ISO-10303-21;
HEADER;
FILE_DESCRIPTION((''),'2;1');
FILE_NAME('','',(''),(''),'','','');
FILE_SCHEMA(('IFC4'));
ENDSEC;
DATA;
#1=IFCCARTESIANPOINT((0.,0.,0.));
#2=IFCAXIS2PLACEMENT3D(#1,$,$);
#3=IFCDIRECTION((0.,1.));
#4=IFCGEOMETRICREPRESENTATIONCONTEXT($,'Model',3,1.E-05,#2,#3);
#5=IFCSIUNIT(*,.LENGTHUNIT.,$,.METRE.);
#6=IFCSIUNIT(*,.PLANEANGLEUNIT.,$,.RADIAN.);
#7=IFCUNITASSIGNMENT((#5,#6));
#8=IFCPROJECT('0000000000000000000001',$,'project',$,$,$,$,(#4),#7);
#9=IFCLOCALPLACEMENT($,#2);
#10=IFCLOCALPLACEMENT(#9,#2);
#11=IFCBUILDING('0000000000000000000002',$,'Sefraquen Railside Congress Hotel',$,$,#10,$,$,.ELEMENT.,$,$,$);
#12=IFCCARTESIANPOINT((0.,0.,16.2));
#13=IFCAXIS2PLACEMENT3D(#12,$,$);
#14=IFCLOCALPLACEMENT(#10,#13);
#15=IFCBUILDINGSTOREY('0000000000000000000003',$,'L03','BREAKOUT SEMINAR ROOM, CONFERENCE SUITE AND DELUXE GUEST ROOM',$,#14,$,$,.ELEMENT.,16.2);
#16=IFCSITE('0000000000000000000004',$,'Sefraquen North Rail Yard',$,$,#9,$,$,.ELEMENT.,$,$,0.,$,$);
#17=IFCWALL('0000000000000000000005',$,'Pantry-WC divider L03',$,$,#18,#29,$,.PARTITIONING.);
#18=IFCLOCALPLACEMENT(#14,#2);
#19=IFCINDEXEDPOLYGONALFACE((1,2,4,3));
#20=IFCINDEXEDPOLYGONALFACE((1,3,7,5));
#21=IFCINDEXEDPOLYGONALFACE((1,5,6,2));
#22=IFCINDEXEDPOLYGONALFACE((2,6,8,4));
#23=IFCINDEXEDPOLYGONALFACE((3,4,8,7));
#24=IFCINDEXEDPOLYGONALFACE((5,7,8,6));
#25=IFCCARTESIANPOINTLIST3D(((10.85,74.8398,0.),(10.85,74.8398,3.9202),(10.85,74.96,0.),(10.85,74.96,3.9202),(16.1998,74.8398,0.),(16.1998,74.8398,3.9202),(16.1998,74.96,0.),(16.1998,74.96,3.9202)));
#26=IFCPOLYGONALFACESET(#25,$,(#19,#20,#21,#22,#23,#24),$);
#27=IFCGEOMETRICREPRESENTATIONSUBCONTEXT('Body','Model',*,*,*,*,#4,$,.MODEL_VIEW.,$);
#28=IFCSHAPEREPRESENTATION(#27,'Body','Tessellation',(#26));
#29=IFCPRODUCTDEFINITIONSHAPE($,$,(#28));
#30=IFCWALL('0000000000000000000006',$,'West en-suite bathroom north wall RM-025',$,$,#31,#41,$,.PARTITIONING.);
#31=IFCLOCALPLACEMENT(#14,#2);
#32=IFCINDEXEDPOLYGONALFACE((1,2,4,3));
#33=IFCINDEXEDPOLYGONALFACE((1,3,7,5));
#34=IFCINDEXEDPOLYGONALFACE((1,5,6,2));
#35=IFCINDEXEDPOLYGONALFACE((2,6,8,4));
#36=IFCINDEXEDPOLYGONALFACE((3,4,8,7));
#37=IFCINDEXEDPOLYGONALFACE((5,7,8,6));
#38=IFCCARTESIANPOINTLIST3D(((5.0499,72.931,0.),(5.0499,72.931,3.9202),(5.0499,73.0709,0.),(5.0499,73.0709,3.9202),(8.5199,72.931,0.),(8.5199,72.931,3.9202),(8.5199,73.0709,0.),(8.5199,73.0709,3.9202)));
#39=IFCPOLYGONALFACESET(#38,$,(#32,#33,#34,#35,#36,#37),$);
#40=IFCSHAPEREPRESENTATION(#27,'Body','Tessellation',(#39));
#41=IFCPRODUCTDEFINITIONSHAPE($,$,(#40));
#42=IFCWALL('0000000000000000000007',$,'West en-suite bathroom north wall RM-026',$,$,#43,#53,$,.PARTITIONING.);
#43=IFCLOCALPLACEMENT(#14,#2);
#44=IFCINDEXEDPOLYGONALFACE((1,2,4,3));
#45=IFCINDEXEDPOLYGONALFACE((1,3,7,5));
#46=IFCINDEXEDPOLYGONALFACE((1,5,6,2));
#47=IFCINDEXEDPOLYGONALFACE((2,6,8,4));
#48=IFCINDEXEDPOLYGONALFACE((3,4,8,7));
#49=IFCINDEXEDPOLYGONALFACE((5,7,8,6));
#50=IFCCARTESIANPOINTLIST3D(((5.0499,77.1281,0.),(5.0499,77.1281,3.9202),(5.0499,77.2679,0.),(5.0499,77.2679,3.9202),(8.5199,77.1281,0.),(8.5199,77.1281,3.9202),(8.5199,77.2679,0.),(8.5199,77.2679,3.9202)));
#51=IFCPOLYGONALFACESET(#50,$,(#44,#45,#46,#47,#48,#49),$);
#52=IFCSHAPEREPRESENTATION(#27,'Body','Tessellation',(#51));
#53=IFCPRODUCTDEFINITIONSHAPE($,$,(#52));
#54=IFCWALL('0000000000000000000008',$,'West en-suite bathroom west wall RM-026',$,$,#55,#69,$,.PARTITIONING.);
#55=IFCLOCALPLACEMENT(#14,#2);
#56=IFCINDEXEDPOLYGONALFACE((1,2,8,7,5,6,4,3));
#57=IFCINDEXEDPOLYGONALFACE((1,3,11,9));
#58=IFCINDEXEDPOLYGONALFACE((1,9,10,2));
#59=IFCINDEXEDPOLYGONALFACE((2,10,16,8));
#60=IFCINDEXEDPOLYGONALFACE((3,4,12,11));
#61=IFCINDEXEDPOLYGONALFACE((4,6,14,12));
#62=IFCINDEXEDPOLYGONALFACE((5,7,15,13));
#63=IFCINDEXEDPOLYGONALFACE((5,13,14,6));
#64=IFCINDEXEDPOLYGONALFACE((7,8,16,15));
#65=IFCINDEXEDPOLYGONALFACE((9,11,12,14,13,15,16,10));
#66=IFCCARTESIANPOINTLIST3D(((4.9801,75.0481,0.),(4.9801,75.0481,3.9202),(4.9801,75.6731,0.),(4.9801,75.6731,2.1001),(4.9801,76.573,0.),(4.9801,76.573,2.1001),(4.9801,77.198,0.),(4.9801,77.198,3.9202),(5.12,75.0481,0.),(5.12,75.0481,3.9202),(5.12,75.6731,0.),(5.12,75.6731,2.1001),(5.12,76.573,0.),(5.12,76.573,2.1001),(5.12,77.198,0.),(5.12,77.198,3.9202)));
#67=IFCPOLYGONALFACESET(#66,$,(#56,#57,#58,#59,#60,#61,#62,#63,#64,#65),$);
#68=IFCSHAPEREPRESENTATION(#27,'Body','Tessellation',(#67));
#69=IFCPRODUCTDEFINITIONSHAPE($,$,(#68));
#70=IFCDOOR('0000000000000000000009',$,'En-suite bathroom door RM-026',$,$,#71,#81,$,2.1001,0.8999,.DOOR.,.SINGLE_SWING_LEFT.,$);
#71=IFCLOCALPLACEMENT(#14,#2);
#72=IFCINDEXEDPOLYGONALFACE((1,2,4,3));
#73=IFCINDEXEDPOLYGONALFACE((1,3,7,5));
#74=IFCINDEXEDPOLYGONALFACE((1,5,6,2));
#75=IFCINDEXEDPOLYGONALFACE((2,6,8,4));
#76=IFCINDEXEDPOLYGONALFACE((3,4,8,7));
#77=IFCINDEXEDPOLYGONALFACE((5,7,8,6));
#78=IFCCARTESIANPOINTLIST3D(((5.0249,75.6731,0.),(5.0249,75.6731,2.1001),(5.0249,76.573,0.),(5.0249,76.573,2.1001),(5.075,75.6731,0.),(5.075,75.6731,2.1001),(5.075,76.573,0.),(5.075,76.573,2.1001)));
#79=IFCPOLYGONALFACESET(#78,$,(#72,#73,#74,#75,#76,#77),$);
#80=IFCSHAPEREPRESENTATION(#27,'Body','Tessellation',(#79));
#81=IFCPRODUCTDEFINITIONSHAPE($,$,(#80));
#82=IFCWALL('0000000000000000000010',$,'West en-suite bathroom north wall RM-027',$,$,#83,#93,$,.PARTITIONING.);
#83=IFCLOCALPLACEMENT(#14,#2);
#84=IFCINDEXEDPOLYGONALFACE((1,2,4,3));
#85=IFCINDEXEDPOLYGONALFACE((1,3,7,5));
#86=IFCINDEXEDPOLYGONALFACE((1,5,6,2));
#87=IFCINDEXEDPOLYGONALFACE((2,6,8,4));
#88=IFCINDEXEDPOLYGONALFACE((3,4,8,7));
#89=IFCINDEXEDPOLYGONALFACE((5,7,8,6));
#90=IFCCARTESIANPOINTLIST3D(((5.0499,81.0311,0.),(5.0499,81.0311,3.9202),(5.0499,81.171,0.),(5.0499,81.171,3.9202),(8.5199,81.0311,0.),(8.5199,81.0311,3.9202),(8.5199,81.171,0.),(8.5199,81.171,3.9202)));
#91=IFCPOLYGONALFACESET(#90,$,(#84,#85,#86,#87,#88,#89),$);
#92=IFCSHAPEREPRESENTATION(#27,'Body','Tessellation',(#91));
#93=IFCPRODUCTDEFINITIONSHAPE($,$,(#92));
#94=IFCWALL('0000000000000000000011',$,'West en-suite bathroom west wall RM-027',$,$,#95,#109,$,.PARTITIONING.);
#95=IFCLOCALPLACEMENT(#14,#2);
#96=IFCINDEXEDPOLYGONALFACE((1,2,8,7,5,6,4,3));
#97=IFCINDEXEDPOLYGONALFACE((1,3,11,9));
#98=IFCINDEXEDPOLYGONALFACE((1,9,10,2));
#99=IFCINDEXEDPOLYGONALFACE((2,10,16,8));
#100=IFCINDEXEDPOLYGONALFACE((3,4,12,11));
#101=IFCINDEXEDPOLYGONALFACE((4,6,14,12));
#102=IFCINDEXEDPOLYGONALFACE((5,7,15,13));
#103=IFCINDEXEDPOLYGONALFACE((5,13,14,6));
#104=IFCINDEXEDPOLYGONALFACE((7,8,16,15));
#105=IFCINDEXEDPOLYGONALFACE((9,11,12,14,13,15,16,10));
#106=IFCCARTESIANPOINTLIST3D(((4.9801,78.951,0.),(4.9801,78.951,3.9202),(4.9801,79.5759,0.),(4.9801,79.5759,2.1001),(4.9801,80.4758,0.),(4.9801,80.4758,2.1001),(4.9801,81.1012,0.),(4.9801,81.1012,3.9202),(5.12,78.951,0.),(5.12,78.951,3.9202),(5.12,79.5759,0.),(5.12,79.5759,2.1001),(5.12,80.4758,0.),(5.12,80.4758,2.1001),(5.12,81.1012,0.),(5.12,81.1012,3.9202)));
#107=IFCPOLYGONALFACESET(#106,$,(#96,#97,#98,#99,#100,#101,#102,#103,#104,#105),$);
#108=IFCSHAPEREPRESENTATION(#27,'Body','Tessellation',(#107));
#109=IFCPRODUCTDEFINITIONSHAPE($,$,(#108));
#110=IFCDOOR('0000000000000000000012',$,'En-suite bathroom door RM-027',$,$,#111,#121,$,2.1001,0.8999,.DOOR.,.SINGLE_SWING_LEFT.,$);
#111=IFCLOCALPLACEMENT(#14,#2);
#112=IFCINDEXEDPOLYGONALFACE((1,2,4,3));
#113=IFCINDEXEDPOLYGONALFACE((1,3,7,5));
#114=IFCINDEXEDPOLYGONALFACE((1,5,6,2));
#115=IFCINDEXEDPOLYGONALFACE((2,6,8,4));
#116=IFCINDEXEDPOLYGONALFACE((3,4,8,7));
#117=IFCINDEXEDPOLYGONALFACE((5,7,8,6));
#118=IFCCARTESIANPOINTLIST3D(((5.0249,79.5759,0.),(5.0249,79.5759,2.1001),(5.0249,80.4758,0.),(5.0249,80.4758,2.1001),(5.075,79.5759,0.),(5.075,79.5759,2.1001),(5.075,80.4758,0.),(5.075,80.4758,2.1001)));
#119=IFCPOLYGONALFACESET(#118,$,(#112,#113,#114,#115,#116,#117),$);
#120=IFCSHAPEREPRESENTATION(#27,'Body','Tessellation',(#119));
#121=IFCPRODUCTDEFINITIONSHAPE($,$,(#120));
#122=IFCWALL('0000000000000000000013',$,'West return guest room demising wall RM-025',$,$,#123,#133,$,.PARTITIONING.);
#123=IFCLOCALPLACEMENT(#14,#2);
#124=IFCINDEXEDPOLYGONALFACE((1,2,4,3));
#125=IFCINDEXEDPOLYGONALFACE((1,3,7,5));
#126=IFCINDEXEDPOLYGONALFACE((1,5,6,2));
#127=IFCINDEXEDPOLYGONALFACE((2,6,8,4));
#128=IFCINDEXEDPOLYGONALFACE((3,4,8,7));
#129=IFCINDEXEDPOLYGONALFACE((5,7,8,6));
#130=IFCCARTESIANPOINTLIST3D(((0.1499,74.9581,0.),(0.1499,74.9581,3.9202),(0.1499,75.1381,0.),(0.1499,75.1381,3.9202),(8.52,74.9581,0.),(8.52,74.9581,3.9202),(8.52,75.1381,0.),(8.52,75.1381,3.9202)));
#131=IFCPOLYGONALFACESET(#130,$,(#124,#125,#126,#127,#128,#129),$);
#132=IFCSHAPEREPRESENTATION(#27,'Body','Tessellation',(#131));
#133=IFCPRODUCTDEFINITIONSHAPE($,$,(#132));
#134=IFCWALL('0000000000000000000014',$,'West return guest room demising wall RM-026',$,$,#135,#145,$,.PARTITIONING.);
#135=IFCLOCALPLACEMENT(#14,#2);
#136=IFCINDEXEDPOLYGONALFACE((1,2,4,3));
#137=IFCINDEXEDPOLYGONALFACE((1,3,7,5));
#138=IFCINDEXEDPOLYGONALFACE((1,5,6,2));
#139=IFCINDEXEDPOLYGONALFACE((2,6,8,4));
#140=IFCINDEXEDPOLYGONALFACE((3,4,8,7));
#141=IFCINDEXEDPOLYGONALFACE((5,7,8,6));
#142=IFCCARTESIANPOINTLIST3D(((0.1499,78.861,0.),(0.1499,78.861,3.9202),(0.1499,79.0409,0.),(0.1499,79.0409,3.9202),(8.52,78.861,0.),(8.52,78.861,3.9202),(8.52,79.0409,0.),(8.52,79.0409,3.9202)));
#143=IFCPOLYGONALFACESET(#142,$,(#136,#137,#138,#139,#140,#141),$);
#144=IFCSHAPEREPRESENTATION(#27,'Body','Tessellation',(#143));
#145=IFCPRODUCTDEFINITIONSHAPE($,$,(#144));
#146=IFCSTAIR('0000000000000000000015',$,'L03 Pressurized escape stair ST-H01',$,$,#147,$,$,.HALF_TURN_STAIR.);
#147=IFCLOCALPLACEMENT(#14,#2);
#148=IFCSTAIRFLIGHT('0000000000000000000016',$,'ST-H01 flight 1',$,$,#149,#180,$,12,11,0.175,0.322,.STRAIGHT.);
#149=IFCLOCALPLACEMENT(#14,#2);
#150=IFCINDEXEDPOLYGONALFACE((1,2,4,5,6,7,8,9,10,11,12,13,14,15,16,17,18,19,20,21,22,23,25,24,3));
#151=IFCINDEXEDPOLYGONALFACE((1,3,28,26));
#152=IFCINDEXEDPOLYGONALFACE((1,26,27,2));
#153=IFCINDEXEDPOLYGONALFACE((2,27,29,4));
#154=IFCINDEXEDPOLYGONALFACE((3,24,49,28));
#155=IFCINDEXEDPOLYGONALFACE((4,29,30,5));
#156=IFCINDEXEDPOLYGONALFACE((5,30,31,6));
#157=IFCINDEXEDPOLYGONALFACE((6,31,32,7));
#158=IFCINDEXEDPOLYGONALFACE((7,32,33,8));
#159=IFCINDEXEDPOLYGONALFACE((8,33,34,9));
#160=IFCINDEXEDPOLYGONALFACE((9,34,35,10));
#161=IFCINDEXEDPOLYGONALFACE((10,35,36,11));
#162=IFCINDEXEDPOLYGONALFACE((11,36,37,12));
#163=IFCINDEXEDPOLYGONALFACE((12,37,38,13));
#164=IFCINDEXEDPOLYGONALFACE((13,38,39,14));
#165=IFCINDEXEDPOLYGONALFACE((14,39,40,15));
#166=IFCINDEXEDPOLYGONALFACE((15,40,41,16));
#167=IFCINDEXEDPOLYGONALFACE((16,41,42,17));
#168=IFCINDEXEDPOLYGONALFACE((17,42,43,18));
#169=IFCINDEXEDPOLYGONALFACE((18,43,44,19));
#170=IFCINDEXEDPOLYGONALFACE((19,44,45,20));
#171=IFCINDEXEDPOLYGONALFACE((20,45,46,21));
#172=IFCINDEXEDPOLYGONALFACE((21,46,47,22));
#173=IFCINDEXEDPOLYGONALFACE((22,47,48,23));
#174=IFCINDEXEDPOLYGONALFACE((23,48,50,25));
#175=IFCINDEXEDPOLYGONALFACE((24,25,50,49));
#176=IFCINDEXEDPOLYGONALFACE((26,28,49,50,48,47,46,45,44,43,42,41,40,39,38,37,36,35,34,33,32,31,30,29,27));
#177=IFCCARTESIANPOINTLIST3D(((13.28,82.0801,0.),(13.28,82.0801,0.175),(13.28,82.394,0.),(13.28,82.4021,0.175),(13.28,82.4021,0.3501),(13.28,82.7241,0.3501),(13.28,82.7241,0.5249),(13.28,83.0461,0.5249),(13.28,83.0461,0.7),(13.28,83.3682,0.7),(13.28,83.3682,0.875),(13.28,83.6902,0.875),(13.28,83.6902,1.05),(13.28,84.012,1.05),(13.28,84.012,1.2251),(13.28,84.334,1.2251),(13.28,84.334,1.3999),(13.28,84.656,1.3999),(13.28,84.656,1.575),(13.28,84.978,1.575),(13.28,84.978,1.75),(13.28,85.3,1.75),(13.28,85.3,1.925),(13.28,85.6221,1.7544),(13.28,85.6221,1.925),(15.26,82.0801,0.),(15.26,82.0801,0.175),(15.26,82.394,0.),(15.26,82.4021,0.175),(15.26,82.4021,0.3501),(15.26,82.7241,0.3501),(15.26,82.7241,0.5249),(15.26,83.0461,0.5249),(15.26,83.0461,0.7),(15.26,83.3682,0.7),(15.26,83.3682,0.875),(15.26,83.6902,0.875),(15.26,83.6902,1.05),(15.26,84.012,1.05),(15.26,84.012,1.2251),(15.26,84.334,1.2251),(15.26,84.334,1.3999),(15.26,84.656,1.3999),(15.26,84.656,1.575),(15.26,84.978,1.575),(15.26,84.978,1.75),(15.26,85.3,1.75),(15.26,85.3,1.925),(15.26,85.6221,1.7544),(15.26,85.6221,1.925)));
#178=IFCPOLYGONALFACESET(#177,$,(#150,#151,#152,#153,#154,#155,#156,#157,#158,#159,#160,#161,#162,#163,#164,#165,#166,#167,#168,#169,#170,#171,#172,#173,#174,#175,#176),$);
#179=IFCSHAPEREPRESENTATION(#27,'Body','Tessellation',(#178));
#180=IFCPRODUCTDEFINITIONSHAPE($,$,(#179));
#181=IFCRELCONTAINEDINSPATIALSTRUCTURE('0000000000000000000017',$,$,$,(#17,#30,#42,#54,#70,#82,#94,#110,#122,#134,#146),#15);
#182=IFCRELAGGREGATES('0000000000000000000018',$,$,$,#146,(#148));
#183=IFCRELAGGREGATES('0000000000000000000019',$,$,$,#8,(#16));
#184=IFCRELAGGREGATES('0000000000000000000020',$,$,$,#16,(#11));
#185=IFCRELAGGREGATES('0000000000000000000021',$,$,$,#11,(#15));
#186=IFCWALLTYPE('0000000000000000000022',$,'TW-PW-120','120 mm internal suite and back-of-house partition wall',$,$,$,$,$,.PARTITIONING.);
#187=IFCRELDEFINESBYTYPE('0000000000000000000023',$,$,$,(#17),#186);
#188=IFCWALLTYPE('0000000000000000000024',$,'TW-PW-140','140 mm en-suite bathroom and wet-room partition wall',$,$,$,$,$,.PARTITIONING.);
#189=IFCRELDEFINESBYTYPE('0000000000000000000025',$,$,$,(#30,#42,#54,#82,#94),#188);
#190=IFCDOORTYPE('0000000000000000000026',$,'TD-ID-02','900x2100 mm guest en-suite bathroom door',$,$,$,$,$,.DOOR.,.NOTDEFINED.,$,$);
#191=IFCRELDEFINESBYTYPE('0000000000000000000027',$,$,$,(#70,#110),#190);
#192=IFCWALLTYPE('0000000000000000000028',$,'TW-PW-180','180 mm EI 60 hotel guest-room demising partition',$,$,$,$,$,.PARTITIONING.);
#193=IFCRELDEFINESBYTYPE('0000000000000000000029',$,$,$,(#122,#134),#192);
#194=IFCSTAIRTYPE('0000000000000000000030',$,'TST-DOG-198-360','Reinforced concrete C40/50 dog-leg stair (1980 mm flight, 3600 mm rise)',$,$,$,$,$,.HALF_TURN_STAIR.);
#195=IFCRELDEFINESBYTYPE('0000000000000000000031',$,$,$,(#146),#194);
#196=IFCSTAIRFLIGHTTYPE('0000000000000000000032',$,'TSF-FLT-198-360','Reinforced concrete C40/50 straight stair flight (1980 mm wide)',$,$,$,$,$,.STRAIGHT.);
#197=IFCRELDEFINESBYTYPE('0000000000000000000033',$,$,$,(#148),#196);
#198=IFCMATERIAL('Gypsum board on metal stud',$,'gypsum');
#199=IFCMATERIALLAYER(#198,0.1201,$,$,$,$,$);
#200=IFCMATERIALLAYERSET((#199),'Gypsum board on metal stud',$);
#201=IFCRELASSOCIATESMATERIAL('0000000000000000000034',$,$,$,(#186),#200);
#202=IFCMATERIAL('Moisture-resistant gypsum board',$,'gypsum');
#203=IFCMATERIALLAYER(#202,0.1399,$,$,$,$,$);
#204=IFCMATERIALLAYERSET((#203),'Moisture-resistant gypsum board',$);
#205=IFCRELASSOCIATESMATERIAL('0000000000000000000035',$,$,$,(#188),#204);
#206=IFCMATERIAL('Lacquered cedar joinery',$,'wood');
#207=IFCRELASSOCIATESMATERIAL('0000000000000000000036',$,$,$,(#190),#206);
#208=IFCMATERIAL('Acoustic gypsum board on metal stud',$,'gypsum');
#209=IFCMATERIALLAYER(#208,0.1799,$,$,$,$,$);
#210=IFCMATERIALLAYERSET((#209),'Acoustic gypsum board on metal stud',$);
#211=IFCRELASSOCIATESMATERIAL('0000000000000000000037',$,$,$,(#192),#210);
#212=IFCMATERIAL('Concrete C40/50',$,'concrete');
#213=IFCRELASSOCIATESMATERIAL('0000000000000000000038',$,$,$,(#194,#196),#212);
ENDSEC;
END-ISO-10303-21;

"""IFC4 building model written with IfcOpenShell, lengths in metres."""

from ifc_helpers import new_model, si_unit, direction, frame, frame_2d, origin, place, context, subcontext, project, spatial, polyline, rectangle, outline, extrude, material, layer, layer_set, type_object, element, fill, aggregate, save


model = new_model("IFC4")

# Units and contexts
model_context = context("Model", 3, precision=1e-05, world=origin(), true_north=direction((0.0, 1.0)))
body_context = subcontext(model_context, "Body", "Model", "MODEL_VIEW")
ifc_project = project(units=[si_unit("LENGTHUNIT", "METRE"), si_unit("PLANEANGLEUNIT", "RADIAN")], contexts=[model_context])

# Site, building, storey
site_placement = place(None, origin())
site = spatial("IfcSite", under=ifc_project, at=site_placement, Name="Sefraquen North Rail Yard", CompositionType="ELEMENT", RefElevation=0.0)
building_placement = place(site_placement, origin())
building = spatial("IfcBuilding", under=site, at=building_placement, Name="Sefraquen Railside Congress Hotel", CompositionType="ELEMENT")
storey_placement = place(building_placement, frame((0.0, 0.0, 16.2)))
storey = spatial("IfcBuildingStorey", under=building, at=storey_placement, Name="L03", Description="BREAKOUT SEMINAR ROOM, CONFERENCE SUITE AND DELUXE GUEST ROOM", CompositionType="ELEMENT", Elevation=16.2)

# Walls
ifc_material_1 = material(Name="Concrete C40/50", Category="concrete")
ifc_material_2 = material(Name="Gypsum board on metal stud", Category="gypsum")
ifc_layer_1 = layer(ifc_material_2, 0.1201)
ifc_layer_set_1 = layer_set([ifc_layer_1], Name="Gypsum board on metal stud")
wall_type_1 = type_object("IfcWallType", Name="TW-PW-120", Description="120 mm internal suite and back-of-house partition wall", PredefinedType="PARTITIONING", material=ifc_layer_set_1)
wall_1_placement = place(storey_placement, frame((10.8501, 74.8999, 0.0), z_axis=(0.0, 0.0, 1.0), x_axis=(1.0, 0.0, 0.0)))
element("IfcWall", 1, at=wall_1_placement, inside=storey, type_object=wall_type_1, Name="Pantry-WC divider L03", PredefinedType="PARTITIONING", context=body_context, shape_type="SweptSolid", body=[
    extrude(rectangle(XDim=5.3499, YDim=0.1201, at=frame_2d((2.6748, 0.0))), origin(), (0.0, 0.0, 1.0), 3.9202),
])
ifc_material_3 = material(Name="Moisture-resistant gypsum board", Category="gypsum")
ifc_layer_2 = layer(ifc_material_3, 0.1399)
ifc_layer_set_2 = layer_set([ifc_layer_2], Name="Moisture-resistant gypsum board")
wall_type_2 = type_object("IfcWallType", Name="TW-PW-140", Description="140 mm en-suite bathroom and wet-room partition wall", PredefinedType="PARTITIONING", material=ifc_layer_set_2)
for number, where, z_axis, x_axis, name in (
    (2, (5.05, 73.001, 0.0), (0.0, 0.0, 1.0), (1.0, 0.0, 0.0), "West en-suite bathroom north wall RM-025"),
    (3, (5.05, 77.198, 0.0), (0.0, 0.0, 1.0), (1.0, 0.0, 0.0), "West en-suite bathroom north wall RM-026"),
):
    element("IfcWall", number, at=place(storey_placement, frame(where, z_axis=z_axis, x_axis=x_axis)), inside=storey, type_object=wall_type_2, Name=name, PredefinedType="PARTITIONING", context=body_context, shape_type="SweptSolid", body=[
        extrude(rectangle(XDim=3.47, YDim=0.1399, at=frame_2d((1.7349, 0.0))), origin(), (0.0, 0.0, 1.0), 3.9202),
    ])

# Wall, opening, door
wall_2_placement = place(storey_placement, frame((5.05, 75.0481, 0.0), z_axis=(0.0, 0.0, 1.0), x_axis=(0.0, 1.0, 0.0)))
wall_2 = element("IfcWall", 4, at=wall_2_placement, inside=storey, type_object=wall_type_2, Name="West en-suite bathroom west wall RM-026", PredefinedType="PARTITIONING", context=body_context, shape_type="SweptSolid", body=[
    extrude(rectangle(XDim=2.1499, YDim=0.1399, at=frame_2d((1.075, 0.0))), origin(), (0.0, 0.0, 1.0), 3.9202),
])
opening_1_placement = place(wall_2_placement, frame((0.625, 0.0, 0.0)))
opening_1 = element("IfcOpeningElement", 5, at=opening_1_placement, cuts=wall_2, PredefinedType="OPENING", context=body_context, shape_type="SweptSolid", body=[
    extrude(rectangle(XDim=0.8999, YDim=2.1001, at=frame_2d((0.45, 1.05))), frame((0.0, 0.0798, 0.0), z_axis=(0.0, -1.0, 0.0), x_axis=(1.0, 0.0, 0.0)), (0.0, 0.0, 1.0), 0.1599),
])
ifc_material_4 = material(Name="Lacquered cedar joinery", Category="wood")
door_type_1 = type_object("IfcDoorType", Name="TD-ID-02", Description="900x2100 mm guest en-suite bathroom door", OperationType="NOTDEFINED", PredefinedType="DOOR", material=ifc_material_4)
door_1_placement = place(opening_1_placement, frame((0.8999, 0.0, 0.0), z_axis=(0.0, 0.0, 1.0), x_axis=(-1.0, 0.0, 0.0)))
door_1 = element("IfcDoor", 6, at=door_1_placement, inside=storey, type_object=door_type_1, Name="En-suite bathroom door RM-026", OperationType="SINGLE_SWING_LEFT", OverallHeight=2.1001, OverallWidth=0.8999, PredefinedType="DOOR", context=body_context, shape_type="SweptSolid", body=[
    extrude(rectangle(XDim=0.8999, YDim=2.1001, at=frame_2d((0.45, 1.05))), frame((0.0, 0.0249, 0.0), z_axis=(0.0, -1.0, 0.0), x_axis=(1.0, 0.0, 0.0)), (0.0, 0.0, 1.0), 0.05),
])
fill(opening_1, door_1)

# Wall
wall_3_placement = place(storey_placement, frame((5.05, 81.1011, 0.0), z_axis=(0.0, 0.0, 1.0), x_axis=(1.0, 0.0, 0.0)))
element("IfcWall", 7, at=wall_3_placement, inside=storey, type_object=wall_type_2, Name="West en-suite bathroom north wall RM-027", PredefinedType="PARTITIONING", context=body_context, shape_type="SweptSolid", body=[
    extrude(rectangle(XDim=3.47, YDim=0.1399, at=frame_2d((1.7349, 0.0))), origin(), (0.0, 0.0, 1.0), 3.9202),
])

# Wall, opening, door
wall_4_placement = place(storey_placement, frame((5.05, 78.9509, 0.0), z_axis=(0.0, 0.0, 1.0), x_axis=(0.0, 1.0, 0.0)))
wall_4 = element("IfcWall", 8, at=wall_4_placement, inside=storey, type_object=wall_type_2, Name="West en-suite bathroom west wall RM-027", PredefinedType="PARTITIONING", context=body_context, shape_type="SweptSolid", body=[
    extrude(rectangle(XDim=2.1501, YDim=0.1399, at=frame_2d((1.0752, 0.0))), origin(), (0.0, 0.0, 1.0), 3.9202),
])
opening_2_placement = place(wall_4_placement, frame((0.625, 0.0, 0.0)))
opening_2 = element("IfcOpeningElement", 9, at=opening_2_placement, cuts=wall_4, PredefinedType="OPENING", context=body_context, shape_type="SweptSolid", body=[
    extrude(rectangle(XDim=0.8999, YDim=2.1001, at=frame_2d((0.45, 1.05))), frame((0.0, 0.0798, 0.0), z_axis=(0.0, -1.0, 0.0), x_axis=(1.0, 0.0, 0.0)), (0.0, 0.0, 1.0), 0.1599),
])
door_2_placement = place(opening_2_placement, frame((0.8999, 0.0, 0.0), z_axis=(0.0, 0.0, 1.0), x_axis=(-1.0, 0.0, 0.0)))
door_2 = element("IfcDoor", 10, at=door_2_placement, inside=storey, type_object=door_type_1, Name="En-suite bathroom door RM-027", OperationType="SINGLE_SWING_LEFT", OverallHeight=2.1001, OverallWidth=0.8999, PredefinedType="DOOR", context=body_context, shape_type="SweptSolid", body=[
    extrude(rectangle(XDim=0.8999, YDim=2.1001, at=frame_2d((0.45, 1.05))), frame((0.0, 0.0249, 0.0), z_axis=(0.0, -1.0, 0.0), x_axis=(1.0, 0.0, 0.0)), (0.0, 0.0, 1.0), 0.05),
])
fill(opening_2, door_2)

# Walls
ifc_material_5 = material(Name="Acoustic gypsum board on metal stud", Category="gypsum")
ifc_layer_3 = layer(ifc_material_5, 0.1799)
ifc_layer_set_3 = layer_set([ifc_layer_3], Name="Acoustic gypsum board on metal stud")
wall_type_3 = type_object("IfcWallType", Name="TW-PW-180", Description="180 mm EI 60 hotel guest-room demising partition", PredefinedType="PARTITIONING", material=ifc_layer_set_3)
for number, where, z_axis, x_axis, name in (
    (11, (0.1499, 75.0481, 0.0), (0.0, 0.0, 1.0), (1.0, 0.0, 0.0), "West return guest room demising wall RM-025"),
    (12, (0.1499, 78.9509, 0.0), (0.0, 0.0, 1.0), (1.0, 0.0, 0.0), "West return guest room demising wall RM-026"),
):
    element("IfcWall", number, at=place(storey_placement, frame(where, z_axis=z_axis, x_axis=x_axis)), inside=storey, type_object=wall_type_3, Name=name, PredefinedType="PARTITIONING", context=body_context, shape_type="SweptSolid", body=[
        extrude(rectangle(XDim=8.3701, YDim=0.1799, at=frame_2d((4.1851, 0.0))), origin(), (0.0, 0.0, 1.0), 3.9202),
    ])

# Stair, stair flight
stair_type = type_object("IfcStairType", Name="TST-DOG-198-360", Description="Reinforced concrete C40/50 dog-leg stair (1980 mm flight, 3600 mm rise)", PredefinedType="HALF_TURN_STAIR", material=ifc_material_1)
stair_placement = place(storey_placement, origin())
stair = element("IfcStair", 13, at=stair_placement, inside=storey, type_object=stair_type, Name="L03 Pressurized escape stair ST-H01", PredefinedType="HALF_TURN_STAIR")
stair_flight_type = type_object("IfcStairFlightType", Name="TSF-FLT-198-360", Description="Reinforced concrete C40/50 straight stair flight (1980 mm wide)", PredefinedType="STRAIGHT", material=ifc_material_1)
stair_flight_placement = place(storey_placement, frame((14.27, 82.0801, 0.0), z_axis=(0.0, 0.0, 1.0), x_axis=(0.0, 1.0, 0.0)))
stair_flight = element("IfcStairFlight", 14, at=stair_flight_placement, type_object=stair_flight_type, Name="ST-H01 flight 1", NumberOfRisers=12, NumberOfTreads=11, PredefinedType="STRAIGHT", RiserHeight=0.175, TreadLength=0.322, context=body_context, shape_type="SweptSolid", body=[
    extrude(outline(polyline([(0.0, 0.0), (0.0, 0.175), (0.322, 0.175), (0.322, 0.3501), (0.644, 0.3501), (0.644, 0.5249), (0.9661, 0.5249), (0.9661, 0.7), (1.2881, 0.7), (1.2881, 0.875), (1.6101, 0.875), (1.6101, 1.05), (1.9319, 1.05), (1.9319, 1.2251), (2.2539, 1.2251), (2.2539, 1.3999), (2.5759, 1.3999), (2.5759, 1.575), (2.8979, 1.575), (2.8979, 1.75), (3.22, 1.75), (3.22, 1.925), (3.542, 1.925), (3.542, 2.1001), (3.542, 1.7544), (0.314, 0.0), (0.0, 0.0)])), frame((0.0, 0.99, 0.0), z_axis=(0.0, -1.0, 0.0), x_axis=(1.0, 0.0, 0.0)), (0.0, 0.0, 1.0), 1.98),
])
aggregate(stair, [stair_flight])

save(model, "model.ifc")
